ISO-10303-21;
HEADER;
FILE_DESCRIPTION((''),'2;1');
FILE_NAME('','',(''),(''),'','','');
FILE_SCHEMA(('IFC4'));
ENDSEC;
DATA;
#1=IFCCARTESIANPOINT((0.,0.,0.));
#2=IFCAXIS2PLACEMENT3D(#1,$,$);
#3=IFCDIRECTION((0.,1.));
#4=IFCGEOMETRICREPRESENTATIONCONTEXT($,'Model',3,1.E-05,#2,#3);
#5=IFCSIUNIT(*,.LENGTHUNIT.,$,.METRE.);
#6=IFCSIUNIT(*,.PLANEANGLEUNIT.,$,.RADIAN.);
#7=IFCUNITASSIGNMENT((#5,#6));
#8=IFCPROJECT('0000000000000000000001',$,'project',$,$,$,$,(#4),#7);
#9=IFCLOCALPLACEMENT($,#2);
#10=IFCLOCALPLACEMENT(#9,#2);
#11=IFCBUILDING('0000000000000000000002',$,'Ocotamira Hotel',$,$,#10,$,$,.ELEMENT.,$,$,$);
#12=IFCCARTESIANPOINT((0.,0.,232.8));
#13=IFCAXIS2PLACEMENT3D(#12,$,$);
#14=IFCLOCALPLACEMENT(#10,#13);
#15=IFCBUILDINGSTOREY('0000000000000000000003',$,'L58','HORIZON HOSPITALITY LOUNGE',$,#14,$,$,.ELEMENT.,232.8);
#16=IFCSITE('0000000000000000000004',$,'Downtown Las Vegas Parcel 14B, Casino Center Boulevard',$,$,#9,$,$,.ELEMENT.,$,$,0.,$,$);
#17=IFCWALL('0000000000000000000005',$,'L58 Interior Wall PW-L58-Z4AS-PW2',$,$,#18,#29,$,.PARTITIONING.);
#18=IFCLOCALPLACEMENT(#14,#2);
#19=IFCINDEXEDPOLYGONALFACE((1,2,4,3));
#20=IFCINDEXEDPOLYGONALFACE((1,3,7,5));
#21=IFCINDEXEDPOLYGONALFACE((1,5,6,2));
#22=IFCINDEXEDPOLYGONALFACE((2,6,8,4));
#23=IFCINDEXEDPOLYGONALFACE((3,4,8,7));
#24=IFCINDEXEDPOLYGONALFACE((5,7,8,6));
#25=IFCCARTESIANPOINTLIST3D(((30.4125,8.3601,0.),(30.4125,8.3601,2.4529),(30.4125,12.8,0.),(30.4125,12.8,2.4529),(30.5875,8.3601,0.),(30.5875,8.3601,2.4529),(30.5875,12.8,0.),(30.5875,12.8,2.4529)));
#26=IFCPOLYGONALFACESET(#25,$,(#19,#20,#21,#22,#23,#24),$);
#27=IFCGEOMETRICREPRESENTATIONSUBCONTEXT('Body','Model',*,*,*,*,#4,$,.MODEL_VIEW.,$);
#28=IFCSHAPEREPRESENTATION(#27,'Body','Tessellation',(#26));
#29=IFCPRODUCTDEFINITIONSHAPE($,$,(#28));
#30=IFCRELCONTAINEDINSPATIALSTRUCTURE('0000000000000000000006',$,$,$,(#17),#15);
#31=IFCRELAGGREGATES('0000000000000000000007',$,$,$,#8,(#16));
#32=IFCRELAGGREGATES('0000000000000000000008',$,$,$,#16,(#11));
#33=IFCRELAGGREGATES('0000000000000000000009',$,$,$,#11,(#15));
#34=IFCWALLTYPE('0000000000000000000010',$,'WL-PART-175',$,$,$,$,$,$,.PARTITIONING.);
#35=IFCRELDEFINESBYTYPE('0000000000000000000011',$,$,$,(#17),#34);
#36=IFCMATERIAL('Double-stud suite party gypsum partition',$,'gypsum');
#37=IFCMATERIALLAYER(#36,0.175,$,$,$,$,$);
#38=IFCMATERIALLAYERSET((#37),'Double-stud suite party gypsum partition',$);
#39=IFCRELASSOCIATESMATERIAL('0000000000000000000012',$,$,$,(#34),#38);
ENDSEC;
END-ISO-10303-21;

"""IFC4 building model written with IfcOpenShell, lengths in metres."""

from ifc_helpers import new_model, si_unit, direction, frame, frame_2d, origin, place, context, subcontext, project, spatial, rectangle, extrude, material, layer, layer_set, type_object, element, save


model = new_model("IFC4")

# Units and contexts
model_context = context("Model", 3, precision=1e-05, world=origin(), true_north=direction((0.0, 1.0)))
body_context = subcontext(model_context, "Body", "Model", "MODEL_VIEW")
ifc_project = project(units=[si_unit("LENGTHUNIT", "METRE"), si_unit("PLANEANGLEUNIT", "RADIAN")], contexts=[model_context])

# Site, building, storey
site_placement = place(None, origin())
site = spatial("IfcSite", under=ifc_project, at=site_placement, Name="Downtown Las Vegas Parcel 14B, Casino Center Boulevard", CompositionType="ELEMENT", RefElevation=0.0)
building_placement = place(site_placement, origin())
building = spatial("IfcBuilding", under=site, at=building_placement, Name="Ocotamira Hotel", CompositionType="ELEMENT")
storey_placement = place(building_placement, frame((0.0, 0.0, 232.8)))
storey = spatial("IfcBuildingStorey", under=building, at=storey_placement, Name="L58", Description="HORIZON HOSPITALITY LOUNGE", CompositionType="ELEMENT", Elevation=232.8)

# Wall
ifc_material_1 = material(Name="Double-stud suite party gypsum partition", Category="gypsum")
ifc_layer_1 = layer(ifc_material_1, 0.175)
ifc_layer_set_1 = layer_set([ifc_layer_1], Name="Double-stud suite party gypsum partition")
wall_type_1 = type_object("IfcWallType", Name="WL-PART-175", PredefinedType="PARTITIONING", material=ifc_layer_set_1)
wall_1_placement = place(storey_placement, frame((30.5, 8.3601, 0.0), z_axis=(0.0, 0.0, 1.0), x_axis=(0.0, 1.0, 0.0)))
element("IfcWall", 1, at=wall_1_placement, inside=storey, type_object=wall_type_1, Name="L58 Interior Wall PW-L58-Z4AS-PW2", PredefinedType="PARTITIONING", context=body_context, shape_type="SweptSolid", body=[
    extrude(rectangle(XDim=4.4399, YDim=0.175, at=frame_2d((2.22, 0.0))), origin(), (0.0, 0.0, 1.0), 2.4529),
])

save(model, "model.ifc")
